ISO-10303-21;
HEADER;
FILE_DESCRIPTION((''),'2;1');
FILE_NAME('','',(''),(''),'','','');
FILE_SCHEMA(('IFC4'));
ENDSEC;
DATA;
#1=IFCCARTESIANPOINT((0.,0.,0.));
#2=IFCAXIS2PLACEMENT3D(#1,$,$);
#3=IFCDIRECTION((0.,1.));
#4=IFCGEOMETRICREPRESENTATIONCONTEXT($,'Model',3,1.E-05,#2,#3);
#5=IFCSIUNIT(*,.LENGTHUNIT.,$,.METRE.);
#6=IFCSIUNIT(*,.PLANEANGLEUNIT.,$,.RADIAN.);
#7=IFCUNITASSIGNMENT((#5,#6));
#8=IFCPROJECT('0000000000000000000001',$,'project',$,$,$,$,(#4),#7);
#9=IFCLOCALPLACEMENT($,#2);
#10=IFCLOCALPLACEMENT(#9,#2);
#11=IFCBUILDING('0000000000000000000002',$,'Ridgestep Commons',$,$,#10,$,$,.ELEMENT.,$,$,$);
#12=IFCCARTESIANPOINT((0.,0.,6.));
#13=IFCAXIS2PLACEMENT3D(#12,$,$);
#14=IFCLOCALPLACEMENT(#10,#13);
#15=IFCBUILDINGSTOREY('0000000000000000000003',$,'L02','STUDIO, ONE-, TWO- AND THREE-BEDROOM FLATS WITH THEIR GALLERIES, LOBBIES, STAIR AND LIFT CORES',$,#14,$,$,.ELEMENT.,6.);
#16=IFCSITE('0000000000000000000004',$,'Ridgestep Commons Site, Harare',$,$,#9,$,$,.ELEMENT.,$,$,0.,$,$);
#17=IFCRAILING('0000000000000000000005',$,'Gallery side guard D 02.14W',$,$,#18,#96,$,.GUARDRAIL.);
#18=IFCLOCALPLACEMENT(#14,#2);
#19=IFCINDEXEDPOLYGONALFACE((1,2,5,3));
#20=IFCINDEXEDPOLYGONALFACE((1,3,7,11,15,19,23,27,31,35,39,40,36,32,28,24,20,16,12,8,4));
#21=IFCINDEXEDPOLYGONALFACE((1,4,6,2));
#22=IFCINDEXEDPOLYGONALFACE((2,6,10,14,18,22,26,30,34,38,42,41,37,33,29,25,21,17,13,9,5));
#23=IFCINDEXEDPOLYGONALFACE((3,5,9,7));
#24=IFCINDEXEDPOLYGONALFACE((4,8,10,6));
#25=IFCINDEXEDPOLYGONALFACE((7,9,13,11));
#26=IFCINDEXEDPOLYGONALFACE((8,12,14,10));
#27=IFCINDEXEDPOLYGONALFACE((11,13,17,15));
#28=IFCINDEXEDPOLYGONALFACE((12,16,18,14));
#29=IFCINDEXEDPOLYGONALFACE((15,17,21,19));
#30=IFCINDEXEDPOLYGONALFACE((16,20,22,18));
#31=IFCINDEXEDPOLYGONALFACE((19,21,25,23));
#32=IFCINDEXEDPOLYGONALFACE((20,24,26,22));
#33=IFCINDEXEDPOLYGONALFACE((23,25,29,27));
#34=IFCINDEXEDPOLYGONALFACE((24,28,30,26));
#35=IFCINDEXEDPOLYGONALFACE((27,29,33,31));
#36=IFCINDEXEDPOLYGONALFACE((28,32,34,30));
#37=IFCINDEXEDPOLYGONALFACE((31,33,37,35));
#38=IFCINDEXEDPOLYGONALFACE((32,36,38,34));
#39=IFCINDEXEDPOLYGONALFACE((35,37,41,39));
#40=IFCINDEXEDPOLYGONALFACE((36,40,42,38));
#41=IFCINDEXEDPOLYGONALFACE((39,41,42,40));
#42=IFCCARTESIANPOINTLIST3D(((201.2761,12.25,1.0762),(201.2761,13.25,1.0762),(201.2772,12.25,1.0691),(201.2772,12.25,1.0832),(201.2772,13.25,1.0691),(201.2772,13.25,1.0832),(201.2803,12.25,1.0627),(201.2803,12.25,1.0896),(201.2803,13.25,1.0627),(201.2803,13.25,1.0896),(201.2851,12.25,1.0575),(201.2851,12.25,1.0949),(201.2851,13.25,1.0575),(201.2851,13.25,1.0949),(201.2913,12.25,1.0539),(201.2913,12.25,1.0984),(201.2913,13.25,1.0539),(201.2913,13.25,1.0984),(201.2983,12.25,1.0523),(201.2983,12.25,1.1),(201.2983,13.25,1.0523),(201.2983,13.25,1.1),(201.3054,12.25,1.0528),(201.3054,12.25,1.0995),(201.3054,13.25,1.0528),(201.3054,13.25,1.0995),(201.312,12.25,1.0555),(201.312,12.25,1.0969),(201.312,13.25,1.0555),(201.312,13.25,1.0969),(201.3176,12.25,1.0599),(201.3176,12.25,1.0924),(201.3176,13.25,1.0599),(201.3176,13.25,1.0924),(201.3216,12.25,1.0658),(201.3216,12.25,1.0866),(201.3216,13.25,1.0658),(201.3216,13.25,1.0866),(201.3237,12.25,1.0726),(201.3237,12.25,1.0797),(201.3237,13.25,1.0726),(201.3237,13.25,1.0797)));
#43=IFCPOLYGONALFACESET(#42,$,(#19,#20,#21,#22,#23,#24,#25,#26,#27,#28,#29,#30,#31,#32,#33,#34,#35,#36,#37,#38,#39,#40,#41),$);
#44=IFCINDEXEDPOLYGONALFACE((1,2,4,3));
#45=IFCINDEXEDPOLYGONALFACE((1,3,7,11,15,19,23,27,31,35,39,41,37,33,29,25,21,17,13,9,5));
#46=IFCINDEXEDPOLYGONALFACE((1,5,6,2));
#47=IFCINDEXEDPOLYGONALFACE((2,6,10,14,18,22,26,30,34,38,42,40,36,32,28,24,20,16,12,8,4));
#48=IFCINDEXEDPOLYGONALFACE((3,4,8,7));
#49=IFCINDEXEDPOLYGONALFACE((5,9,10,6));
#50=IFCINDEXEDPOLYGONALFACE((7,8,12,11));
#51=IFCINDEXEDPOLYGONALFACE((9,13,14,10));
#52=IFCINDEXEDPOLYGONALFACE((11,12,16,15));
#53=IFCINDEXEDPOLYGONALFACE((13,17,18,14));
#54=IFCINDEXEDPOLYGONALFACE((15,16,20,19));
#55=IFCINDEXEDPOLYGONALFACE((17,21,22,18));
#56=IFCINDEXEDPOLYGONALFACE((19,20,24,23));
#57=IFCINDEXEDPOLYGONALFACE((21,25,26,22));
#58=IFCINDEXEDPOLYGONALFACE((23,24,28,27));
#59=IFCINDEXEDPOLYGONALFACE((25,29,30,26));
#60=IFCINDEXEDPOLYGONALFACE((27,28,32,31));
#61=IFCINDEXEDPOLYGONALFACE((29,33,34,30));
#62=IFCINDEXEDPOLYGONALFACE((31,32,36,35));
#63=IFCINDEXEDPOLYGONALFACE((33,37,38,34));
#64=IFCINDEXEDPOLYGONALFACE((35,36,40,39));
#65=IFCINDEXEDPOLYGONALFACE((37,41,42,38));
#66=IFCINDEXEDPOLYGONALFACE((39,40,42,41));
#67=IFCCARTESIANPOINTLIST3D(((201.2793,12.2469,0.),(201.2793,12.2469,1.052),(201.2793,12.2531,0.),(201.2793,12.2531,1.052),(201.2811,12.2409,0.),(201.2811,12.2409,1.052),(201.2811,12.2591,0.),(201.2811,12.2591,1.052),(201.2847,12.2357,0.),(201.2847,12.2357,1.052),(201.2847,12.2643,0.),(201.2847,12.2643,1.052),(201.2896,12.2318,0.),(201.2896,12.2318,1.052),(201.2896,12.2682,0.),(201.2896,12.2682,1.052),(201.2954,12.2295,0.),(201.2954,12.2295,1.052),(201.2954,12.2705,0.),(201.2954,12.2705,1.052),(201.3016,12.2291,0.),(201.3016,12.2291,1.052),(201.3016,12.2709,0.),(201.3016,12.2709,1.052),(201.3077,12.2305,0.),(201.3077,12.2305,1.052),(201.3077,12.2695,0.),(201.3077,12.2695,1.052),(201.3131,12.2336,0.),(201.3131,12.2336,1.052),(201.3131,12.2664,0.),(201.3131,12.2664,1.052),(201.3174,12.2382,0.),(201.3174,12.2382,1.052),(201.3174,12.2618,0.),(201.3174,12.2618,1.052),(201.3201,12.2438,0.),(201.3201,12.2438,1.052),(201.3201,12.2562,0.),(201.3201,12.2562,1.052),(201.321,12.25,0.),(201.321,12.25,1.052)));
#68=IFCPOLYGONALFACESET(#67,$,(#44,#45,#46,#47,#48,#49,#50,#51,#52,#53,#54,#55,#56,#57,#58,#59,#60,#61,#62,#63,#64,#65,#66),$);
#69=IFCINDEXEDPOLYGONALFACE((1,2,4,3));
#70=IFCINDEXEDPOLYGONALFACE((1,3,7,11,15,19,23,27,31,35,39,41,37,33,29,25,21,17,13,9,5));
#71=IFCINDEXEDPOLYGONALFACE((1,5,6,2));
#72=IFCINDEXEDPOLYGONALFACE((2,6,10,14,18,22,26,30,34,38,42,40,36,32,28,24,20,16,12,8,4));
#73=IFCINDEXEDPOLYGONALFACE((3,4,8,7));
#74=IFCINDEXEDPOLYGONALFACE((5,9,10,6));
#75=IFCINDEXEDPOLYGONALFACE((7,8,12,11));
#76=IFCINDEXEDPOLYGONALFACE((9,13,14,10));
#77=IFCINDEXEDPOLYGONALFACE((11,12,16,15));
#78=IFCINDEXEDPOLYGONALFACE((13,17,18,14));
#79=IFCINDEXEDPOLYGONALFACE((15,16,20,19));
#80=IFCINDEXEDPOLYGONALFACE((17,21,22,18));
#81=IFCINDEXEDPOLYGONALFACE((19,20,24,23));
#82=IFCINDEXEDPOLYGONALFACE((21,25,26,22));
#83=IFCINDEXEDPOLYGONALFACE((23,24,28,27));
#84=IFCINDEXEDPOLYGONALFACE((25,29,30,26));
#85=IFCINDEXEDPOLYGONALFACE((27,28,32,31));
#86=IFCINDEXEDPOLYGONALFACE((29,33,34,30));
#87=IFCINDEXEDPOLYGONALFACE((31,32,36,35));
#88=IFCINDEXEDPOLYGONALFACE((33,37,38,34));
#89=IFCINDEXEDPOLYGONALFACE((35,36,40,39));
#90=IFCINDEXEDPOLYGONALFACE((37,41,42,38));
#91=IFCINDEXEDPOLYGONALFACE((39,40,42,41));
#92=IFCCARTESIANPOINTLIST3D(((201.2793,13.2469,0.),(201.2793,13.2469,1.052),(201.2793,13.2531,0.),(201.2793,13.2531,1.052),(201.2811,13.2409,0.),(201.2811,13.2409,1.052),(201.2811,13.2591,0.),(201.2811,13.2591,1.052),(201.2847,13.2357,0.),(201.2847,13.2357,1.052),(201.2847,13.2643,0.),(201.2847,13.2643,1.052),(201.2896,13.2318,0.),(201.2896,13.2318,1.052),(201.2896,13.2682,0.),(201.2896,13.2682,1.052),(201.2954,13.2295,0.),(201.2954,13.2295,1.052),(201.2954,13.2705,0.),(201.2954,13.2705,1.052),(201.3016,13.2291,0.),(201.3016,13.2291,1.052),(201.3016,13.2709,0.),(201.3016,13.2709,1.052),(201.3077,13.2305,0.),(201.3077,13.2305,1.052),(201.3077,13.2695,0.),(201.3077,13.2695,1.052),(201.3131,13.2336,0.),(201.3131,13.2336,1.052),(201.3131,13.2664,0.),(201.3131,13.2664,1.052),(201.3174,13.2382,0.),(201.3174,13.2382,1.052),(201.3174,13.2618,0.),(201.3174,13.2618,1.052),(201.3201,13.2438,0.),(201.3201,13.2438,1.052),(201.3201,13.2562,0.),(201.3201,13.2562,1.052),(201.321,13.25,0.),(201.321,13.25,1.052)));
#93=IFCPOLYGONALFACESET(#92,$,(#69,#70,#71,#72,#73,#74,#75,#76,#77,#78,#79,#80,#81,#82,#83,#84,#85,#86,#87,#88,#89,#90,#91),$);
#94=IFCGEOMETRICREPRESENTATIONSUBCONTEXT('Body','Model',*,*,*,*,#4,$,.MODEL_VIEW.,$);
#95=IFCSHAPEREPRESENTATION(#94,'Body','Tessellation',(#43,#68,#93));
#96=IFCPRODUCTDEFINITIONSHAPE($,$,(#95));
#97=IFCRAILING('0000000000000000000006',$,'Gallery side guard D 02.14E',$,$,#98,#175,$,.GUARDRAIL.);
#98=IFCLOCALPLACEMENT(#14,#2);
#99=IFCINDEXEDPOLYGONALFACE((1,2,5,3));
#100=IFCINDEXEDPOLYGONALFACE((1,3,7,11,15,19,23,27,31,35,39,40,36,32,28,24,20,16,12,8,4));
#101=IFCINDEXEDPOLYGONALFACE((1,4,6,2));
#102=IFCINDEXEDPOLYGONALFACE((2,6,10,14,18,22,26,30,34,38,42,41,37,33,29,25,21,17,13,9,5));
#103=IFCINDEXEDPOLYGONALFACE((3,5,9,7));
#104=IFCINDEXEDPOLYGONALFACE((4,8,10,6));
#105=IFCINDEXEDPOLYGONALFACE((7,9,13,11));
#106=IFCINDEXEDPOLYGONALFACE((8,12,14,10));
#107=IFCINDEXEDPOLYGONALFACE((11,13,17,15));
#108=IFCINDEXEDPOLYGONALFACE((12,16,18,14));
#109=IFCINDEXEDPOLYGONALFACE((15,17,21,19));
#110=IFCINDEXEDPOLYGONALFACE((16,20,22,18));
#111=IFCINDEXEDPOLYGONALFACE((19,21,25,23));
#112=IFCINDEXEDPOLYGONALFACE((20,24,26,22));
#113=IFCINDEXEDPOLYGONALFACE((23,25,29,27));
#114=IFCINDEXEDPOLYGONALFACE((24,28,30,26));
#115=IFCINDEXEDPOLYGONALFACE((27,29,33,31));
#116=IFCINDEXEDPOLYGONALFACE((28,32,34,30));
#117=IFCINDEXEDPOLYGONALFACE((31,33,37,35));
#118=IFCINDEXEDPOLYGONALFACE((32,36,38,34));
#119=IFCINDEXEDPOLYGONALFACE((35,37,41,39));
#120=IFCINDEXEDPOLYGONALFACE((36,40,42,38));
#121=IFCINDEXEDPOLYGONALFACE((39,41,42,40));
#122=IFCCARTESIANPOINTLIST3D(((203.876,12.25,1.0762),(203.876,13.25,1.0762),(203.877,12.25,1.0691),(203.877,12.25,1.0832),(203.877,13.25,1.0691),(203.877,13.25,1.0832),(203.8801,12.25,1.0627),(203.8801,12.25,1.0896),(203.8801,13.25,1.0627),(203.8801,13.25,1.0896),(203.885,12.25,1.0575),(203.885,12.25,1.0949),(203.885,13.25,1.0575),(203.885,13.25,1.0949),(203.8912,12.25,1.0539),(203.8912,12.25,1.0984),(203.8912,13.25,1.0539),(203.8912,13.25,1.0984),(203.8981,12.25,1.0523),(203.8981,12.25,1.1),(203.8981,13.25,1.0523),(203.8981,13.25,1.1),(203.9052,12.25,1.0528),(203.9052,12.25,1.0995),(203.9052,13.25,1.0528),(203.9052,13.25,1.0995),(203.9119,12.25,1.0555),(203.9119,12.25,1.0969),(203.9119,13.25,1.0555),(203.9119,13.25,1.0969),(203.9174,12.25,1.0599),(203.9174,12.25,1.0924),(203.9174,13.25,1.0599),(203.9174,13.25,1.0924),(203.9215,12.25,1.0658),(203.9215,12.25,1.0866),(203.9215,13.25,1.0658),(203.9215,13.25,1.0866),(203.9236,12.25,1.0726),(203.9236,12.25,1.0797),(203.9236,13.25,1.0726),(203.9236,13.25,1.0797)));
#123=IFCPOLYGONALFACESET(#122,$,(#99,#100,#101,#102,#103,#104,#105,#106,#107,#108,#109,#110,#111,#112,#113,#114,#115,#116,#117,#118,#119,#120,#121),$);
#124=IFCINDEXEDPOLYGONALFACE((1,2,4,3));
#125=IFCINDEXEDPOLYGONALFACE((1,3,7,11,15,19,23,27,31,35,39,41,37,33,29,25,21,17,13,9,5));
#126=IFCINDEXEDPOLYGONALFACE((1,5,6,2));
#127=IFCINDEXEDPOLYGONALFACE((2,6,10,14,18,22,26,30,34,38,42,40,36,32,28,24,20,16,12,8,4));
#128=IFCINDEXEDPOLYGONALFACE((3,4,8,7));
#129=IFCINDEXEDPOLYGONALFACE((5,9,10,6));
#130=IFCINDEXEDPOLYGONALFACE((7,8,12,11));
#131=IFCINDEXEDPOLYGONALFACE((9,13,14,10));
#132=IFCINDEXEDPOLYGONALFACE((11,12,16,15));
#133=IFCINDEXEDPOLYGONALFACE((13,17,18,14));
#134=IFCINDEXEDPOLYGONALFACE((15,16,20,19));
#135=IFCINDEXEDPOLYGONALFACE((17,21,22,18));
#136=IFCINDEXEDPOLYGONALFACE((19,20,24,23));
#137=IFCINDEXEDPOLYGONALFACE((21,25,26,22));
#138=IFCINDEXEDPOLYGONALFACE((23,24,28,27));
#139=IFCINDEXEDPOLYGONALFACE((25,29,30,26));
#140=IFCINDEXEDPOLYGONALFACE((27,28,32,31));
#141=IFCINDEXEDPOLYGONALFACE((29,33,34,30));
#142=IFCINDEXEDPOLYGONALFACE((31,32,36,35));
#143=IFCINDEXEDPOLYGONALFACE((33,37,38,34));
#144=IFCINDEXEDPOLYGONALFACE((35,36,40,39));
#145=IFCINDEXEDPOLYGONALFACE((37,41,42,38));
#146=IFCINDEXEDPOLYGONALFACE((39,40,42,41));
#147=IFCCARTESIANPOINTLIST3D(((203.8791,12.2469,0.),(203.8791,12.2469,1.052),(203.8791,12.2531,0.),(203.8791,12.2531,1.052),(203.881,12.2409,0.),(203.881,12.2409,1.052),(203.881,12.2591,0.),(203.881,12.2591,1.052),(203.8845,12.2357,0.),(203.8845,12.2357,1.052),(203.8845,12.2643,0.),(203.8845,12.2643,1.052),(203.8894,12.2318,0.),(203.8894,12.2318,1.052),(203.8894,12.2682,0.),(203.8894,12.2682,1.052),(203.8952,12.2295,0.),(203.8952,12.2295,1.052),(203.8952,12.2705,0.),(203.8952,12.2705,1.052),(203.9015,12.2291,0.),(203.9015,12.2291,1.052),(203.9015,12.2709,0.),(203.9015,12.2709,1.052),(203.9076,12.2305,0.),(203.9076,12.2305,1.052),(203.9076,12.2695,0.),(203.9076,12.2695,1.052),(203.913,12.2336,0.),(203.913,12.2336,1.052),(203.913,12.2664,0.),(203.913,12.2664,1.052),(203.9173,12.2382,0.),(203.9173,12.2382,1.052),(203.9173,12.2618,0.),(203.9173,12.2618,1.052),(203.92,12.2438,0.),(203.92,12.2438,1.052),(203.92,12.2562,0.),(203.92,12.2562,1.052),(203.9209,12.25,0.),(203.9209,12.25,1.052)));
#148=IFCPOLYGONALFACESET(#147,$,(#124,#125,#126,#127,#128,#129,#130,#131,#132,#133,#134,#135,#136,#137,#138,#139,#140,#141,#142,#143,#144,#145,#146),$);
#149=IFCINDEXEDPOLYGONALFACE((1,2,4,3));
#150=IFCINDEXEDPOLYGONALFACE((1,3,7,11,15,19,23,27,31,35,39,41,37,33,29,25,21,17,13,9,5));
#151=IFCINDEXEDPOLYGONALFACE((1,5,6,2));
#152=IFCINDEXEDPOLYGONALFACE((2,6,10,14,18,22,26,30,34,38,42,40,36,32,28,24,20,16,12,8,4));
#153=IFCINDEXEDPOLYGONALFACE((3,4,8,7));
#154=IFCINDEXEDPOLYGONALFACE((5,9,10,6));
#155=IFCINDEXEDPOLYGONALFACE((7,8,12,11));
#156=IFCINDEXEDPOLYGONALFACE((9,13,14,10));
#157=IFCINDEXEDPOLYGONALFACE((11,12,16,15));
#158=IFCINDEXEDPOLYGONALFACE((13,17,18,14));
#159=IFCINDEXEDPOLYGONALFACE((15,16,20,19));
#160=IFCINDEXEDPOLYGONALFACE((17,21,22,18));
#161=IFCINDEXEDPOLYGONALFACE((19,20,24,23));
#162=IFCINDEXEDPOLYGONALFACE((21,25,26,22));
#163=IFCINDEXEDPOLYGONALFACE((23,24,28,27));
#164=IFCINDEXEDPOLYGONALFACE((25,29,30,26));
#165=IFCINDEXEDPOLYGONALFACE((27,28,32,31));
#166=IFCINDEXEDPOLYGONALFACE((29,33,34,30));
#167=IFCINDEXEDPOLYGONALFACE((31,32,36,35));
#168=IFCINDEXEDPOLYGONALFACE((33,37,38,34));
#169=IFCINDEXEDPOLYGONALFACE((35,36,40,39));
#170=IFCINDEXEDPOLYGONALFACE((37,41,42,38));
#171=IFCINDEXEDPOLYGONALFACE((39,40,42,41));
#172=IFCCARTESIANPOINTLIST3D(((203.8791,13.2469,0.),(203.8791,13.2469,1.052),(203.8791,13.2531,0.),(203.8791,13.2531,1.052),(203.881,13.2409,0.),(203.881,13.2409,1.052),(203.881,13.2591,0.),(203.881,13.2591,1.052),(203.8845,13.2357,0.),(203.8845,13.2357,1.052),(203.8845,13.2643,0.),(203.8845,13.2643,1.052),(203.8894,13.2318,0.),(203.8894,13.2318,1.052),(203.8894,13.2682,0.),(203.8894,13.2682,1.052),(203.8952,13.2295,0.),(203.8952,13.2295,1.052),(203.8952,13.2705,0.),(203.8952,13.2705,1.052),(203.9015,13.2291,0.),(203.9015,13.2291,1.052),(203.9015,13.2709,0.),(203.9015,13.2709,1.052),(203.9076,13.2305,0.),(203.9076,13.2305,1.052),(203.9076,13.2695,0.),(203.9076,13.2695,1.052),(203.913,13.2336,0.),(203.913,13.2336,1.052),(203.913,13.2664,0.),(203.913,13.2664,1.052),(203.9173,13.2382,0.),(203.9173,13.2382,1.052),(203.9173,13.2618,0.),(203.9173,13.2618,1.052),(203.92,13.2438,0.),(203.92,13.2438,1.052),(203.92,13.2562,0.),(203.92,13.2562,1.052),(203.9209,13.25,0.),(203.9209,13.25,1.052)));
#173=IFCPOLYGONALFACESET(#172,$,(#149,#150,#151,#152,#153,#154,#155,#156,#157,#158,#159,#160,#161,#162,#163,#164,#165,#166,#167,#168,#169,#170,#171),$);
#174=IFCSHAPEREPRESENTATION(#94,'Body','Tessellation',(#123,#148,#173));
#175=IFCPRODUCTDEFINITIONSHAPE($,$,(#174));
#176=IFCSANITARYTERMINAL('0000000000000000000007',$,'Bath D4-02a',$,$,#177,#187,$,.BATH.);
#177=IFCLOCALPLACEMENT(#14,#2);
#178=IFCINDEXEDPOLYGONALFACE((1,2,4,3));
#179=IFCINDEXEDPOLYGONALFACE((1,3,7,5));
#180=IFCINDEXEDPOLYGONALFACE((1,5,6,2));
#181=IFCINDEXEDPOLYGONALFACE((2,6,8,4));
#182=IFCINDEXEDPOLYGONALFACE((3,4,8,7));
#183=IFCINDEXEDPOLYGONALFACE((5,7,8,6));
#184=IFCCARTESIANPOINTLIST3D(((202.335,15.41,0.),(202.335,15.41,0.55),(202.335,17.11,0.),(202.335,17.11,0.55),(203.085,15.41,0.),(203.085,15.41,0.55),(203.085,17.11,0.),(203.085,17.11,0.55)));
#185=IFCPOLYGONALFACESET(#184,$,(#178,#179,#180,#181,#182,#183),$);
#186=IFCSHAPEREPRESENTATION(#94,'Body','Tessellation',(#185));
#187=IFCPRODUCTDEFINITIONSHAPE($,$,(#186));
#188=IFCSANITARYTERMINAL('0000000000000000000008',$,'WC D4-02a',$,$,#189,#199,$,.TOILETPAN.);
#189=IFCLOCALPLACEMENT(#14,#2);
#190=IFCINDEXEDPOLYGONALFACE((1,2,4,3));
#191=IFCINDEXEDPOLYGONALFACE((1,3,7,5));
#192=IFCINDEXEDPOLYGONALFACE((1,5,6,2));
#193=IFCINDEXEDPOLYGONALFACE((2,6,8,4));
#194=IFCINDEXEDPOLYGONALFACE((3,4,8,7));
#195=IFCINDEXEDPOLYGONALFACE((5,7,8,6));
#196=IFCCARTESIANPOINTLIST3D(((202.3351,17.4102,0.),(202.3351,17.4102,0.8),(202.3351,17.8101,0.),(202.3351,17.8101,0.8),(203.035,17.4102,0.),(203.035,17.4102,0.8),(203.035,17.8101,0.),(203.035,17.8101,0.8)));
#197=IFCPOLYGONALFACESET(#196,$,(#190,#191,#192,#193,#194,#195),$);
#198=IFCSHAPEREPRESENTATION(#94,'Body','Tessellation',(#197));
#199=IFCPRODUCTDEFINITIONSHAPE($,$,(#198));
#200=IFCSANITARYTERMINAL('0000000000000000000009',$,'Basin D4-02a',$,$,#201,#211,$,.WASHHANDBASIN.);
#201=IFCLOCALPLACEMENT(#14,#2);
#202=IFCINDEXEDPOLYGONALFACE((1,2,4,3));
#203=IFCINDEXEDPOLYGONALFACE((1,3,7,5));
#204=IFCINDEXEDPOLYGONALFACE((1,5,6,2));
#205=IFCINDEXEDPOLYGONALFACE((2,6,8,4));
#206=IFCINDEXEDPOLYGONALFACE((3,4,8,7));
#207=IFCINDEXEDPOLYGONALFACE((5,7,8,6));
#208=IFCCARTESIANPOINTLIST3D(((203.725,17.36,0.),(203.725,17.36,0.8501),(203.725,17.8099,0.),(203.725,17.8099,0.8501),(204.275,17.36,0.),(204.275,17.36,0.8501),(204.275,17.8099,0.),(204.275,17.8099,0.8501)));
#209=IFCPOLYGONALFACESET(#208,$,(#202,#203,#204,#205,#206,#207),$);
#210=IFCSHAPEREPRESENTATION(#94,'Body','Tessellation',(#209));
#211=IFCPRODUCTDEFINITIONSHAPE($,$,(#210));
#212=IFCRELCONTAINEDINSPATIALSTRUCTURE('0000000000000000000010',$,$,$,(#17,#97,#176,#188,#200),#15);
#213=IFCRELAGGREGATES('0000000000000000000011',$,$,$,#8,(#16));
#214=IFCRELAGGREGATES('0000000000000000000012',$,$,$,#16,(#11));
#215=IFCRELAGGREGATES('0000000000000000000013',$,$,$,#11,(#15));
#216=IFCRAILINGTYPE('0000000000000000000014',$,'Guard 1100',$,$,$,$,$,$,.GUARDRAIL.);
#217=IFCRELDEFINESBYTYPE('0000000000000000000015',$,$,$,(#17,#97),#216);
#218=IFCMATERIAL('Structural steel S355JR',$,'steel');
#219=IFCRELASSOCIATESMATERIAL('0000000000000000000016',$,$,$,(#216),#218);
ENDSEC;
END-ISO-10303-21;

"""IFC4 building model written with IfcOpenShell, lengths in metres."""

from ifc_helpers import new_model, si_unit, direction, frame, origin, origin_2d, place, context, subcontext, project, spatial, rectangle, circle, extrude, material, type_object, element, save


model = new_model("IFC4")

# Units and contexts
model_context = context("Model", 3, precision=1e-05, world=origin(), true_north=direction((0.0, 1.0)))
body_context = subcontext(model_context, "Body", "Model", "MODEL_VIEW")
ifc_project = project(units=[si_unit("LENGTHUNIT", "METRE"), si_unit("PLANEANGLEUNIT", "RADIAN")], contexts=[model_context])

# Site, building, storey
site_placement = place(None, origin())
site = spatial("IfcSite", under=ifc_project, at=site_placement, Name="Ridgestep Commons Site, Harare", CompositionType="ELEMENT", RefElevation=0.0)
building_placement = place(site_placement, origin())
building = spatial("IfcBuilding", under=site, at=building_placement, Name="Ridgestep Commons", CompositionType="ELEMENT")
storey_placement = place(building_placement, frame((0.0, 0.0, 6.0)))
storey = spatial("IfcBuildingStorey", under=building, at=storey_placement, Name="L02", Description="STUDIO, ONE-, TWO- AND THREE-BEDROOM FLATS WITH THEIR GALLERIES, LOBBIES, STAIR AND LIFT CORES", CompositionType="ELEMENT", Elevation=6.0)

# Railings
ifc_material_1 = material(Name="Structural steel S355JR", Category="steel")
railing_type = type_object("IfcRailingType", Name="Guard 1100", PredefinedType="GUARDRAIL", material=ifc_material_1)
for number, where, name in (
    (1, (201.3, 12.25, 0.0), "Gallery side guard D 02.14W"),
    (2, (203.8999, 12.25, 0.0), "Gallery side guard D 02.14E"),
):
    element("IfcRailing", number, at=place(storey_placement, frame(where)), inside=storey, type_object=railing_type, Name=name, PredefinedType="GUARDRAIL", context=body_context, shape_type="SweptSolid", body=[
        extrude(circle(Radius=0.0239, at=origin_2d()), frame((0.0, 0.0, 1.0762), z_axis=(0.0, 1.0, 0.0), x_axis=(-1.0, 0.0, 0.0)), (0.0, 0.0, 1.0), 1.0),
        extrude(circle(Radius=0.021, at=origin_2d()), origin(), (0.0, 0.0, 1.0), 1.052),
        extrude(circle(Radius=0.021, at=origin_2d()), frame((0.0, 1.0, 0.0)), (0.0, 0.0, 1.0), 1.052),
    ])

# Sanitary terminals
sanitary_terminal_1_placement = place(storey_placement, frame((202.71, 16.26, 0.0), z_axis=(0.0, 0.0, 1.0), x_axis=(1.0, 0.0, 0.0)))
element("IfcSanitaryTerminal", 3, at=sanitary_terminal_1_placement, inside=storey, Name="Bath D4-02a", PredefinedType="BATH", context=body_context, shape_type="SweptSolid", body=[
    extrude(rectangle(XDim=0.75, YDim=1.7, at=origin_2d()), origin(), (0.0, 0.0, 1.0), 0.55),
])
sanitary_terminal_2_placement = place(storey_placement, frame((202.6851, 17.6101, 0.0), z_axis=(0.0, 0.0, 1.0), x_axis=(1.0, 0.0, 0.0)))
element("IfcSanitaryTerminal", 4, at=sanitary_terminal_2_placement, inside=storey, Name="WC D4-02a", PredefinedType="TOILETPAN", context=body_context, shape_type="SweptSolid", body=[
    extrude(rectangle(XDim=0.7, YDim=0.3999, at=origin_2d()), origin(), (0.0, 0.0, 1.0), 0.8),
])
sanitary_terminal_3_placement = place(storey_placement, frame((204.0, 17.585, 0.0), z_axis=(0.0, 0.0, 1.0), x_axis=(1.0, 0.0, 0.0)))
element("IfcSanitaryTerminal", 5, at=sanitary_terminal_3_placement, inside=storey, Name="Basin D4-02a", PredefinedType="WASHHANDBASIN", context=body_context, shape_type="SweptSolid", body=[
    extrude(rectangle(XDim=0.55, YDim=0.45, at=origin_2d()), origin(), (0.0, 0.0, 1.0), 0.8501),
])

save(model, "model.ifc")
